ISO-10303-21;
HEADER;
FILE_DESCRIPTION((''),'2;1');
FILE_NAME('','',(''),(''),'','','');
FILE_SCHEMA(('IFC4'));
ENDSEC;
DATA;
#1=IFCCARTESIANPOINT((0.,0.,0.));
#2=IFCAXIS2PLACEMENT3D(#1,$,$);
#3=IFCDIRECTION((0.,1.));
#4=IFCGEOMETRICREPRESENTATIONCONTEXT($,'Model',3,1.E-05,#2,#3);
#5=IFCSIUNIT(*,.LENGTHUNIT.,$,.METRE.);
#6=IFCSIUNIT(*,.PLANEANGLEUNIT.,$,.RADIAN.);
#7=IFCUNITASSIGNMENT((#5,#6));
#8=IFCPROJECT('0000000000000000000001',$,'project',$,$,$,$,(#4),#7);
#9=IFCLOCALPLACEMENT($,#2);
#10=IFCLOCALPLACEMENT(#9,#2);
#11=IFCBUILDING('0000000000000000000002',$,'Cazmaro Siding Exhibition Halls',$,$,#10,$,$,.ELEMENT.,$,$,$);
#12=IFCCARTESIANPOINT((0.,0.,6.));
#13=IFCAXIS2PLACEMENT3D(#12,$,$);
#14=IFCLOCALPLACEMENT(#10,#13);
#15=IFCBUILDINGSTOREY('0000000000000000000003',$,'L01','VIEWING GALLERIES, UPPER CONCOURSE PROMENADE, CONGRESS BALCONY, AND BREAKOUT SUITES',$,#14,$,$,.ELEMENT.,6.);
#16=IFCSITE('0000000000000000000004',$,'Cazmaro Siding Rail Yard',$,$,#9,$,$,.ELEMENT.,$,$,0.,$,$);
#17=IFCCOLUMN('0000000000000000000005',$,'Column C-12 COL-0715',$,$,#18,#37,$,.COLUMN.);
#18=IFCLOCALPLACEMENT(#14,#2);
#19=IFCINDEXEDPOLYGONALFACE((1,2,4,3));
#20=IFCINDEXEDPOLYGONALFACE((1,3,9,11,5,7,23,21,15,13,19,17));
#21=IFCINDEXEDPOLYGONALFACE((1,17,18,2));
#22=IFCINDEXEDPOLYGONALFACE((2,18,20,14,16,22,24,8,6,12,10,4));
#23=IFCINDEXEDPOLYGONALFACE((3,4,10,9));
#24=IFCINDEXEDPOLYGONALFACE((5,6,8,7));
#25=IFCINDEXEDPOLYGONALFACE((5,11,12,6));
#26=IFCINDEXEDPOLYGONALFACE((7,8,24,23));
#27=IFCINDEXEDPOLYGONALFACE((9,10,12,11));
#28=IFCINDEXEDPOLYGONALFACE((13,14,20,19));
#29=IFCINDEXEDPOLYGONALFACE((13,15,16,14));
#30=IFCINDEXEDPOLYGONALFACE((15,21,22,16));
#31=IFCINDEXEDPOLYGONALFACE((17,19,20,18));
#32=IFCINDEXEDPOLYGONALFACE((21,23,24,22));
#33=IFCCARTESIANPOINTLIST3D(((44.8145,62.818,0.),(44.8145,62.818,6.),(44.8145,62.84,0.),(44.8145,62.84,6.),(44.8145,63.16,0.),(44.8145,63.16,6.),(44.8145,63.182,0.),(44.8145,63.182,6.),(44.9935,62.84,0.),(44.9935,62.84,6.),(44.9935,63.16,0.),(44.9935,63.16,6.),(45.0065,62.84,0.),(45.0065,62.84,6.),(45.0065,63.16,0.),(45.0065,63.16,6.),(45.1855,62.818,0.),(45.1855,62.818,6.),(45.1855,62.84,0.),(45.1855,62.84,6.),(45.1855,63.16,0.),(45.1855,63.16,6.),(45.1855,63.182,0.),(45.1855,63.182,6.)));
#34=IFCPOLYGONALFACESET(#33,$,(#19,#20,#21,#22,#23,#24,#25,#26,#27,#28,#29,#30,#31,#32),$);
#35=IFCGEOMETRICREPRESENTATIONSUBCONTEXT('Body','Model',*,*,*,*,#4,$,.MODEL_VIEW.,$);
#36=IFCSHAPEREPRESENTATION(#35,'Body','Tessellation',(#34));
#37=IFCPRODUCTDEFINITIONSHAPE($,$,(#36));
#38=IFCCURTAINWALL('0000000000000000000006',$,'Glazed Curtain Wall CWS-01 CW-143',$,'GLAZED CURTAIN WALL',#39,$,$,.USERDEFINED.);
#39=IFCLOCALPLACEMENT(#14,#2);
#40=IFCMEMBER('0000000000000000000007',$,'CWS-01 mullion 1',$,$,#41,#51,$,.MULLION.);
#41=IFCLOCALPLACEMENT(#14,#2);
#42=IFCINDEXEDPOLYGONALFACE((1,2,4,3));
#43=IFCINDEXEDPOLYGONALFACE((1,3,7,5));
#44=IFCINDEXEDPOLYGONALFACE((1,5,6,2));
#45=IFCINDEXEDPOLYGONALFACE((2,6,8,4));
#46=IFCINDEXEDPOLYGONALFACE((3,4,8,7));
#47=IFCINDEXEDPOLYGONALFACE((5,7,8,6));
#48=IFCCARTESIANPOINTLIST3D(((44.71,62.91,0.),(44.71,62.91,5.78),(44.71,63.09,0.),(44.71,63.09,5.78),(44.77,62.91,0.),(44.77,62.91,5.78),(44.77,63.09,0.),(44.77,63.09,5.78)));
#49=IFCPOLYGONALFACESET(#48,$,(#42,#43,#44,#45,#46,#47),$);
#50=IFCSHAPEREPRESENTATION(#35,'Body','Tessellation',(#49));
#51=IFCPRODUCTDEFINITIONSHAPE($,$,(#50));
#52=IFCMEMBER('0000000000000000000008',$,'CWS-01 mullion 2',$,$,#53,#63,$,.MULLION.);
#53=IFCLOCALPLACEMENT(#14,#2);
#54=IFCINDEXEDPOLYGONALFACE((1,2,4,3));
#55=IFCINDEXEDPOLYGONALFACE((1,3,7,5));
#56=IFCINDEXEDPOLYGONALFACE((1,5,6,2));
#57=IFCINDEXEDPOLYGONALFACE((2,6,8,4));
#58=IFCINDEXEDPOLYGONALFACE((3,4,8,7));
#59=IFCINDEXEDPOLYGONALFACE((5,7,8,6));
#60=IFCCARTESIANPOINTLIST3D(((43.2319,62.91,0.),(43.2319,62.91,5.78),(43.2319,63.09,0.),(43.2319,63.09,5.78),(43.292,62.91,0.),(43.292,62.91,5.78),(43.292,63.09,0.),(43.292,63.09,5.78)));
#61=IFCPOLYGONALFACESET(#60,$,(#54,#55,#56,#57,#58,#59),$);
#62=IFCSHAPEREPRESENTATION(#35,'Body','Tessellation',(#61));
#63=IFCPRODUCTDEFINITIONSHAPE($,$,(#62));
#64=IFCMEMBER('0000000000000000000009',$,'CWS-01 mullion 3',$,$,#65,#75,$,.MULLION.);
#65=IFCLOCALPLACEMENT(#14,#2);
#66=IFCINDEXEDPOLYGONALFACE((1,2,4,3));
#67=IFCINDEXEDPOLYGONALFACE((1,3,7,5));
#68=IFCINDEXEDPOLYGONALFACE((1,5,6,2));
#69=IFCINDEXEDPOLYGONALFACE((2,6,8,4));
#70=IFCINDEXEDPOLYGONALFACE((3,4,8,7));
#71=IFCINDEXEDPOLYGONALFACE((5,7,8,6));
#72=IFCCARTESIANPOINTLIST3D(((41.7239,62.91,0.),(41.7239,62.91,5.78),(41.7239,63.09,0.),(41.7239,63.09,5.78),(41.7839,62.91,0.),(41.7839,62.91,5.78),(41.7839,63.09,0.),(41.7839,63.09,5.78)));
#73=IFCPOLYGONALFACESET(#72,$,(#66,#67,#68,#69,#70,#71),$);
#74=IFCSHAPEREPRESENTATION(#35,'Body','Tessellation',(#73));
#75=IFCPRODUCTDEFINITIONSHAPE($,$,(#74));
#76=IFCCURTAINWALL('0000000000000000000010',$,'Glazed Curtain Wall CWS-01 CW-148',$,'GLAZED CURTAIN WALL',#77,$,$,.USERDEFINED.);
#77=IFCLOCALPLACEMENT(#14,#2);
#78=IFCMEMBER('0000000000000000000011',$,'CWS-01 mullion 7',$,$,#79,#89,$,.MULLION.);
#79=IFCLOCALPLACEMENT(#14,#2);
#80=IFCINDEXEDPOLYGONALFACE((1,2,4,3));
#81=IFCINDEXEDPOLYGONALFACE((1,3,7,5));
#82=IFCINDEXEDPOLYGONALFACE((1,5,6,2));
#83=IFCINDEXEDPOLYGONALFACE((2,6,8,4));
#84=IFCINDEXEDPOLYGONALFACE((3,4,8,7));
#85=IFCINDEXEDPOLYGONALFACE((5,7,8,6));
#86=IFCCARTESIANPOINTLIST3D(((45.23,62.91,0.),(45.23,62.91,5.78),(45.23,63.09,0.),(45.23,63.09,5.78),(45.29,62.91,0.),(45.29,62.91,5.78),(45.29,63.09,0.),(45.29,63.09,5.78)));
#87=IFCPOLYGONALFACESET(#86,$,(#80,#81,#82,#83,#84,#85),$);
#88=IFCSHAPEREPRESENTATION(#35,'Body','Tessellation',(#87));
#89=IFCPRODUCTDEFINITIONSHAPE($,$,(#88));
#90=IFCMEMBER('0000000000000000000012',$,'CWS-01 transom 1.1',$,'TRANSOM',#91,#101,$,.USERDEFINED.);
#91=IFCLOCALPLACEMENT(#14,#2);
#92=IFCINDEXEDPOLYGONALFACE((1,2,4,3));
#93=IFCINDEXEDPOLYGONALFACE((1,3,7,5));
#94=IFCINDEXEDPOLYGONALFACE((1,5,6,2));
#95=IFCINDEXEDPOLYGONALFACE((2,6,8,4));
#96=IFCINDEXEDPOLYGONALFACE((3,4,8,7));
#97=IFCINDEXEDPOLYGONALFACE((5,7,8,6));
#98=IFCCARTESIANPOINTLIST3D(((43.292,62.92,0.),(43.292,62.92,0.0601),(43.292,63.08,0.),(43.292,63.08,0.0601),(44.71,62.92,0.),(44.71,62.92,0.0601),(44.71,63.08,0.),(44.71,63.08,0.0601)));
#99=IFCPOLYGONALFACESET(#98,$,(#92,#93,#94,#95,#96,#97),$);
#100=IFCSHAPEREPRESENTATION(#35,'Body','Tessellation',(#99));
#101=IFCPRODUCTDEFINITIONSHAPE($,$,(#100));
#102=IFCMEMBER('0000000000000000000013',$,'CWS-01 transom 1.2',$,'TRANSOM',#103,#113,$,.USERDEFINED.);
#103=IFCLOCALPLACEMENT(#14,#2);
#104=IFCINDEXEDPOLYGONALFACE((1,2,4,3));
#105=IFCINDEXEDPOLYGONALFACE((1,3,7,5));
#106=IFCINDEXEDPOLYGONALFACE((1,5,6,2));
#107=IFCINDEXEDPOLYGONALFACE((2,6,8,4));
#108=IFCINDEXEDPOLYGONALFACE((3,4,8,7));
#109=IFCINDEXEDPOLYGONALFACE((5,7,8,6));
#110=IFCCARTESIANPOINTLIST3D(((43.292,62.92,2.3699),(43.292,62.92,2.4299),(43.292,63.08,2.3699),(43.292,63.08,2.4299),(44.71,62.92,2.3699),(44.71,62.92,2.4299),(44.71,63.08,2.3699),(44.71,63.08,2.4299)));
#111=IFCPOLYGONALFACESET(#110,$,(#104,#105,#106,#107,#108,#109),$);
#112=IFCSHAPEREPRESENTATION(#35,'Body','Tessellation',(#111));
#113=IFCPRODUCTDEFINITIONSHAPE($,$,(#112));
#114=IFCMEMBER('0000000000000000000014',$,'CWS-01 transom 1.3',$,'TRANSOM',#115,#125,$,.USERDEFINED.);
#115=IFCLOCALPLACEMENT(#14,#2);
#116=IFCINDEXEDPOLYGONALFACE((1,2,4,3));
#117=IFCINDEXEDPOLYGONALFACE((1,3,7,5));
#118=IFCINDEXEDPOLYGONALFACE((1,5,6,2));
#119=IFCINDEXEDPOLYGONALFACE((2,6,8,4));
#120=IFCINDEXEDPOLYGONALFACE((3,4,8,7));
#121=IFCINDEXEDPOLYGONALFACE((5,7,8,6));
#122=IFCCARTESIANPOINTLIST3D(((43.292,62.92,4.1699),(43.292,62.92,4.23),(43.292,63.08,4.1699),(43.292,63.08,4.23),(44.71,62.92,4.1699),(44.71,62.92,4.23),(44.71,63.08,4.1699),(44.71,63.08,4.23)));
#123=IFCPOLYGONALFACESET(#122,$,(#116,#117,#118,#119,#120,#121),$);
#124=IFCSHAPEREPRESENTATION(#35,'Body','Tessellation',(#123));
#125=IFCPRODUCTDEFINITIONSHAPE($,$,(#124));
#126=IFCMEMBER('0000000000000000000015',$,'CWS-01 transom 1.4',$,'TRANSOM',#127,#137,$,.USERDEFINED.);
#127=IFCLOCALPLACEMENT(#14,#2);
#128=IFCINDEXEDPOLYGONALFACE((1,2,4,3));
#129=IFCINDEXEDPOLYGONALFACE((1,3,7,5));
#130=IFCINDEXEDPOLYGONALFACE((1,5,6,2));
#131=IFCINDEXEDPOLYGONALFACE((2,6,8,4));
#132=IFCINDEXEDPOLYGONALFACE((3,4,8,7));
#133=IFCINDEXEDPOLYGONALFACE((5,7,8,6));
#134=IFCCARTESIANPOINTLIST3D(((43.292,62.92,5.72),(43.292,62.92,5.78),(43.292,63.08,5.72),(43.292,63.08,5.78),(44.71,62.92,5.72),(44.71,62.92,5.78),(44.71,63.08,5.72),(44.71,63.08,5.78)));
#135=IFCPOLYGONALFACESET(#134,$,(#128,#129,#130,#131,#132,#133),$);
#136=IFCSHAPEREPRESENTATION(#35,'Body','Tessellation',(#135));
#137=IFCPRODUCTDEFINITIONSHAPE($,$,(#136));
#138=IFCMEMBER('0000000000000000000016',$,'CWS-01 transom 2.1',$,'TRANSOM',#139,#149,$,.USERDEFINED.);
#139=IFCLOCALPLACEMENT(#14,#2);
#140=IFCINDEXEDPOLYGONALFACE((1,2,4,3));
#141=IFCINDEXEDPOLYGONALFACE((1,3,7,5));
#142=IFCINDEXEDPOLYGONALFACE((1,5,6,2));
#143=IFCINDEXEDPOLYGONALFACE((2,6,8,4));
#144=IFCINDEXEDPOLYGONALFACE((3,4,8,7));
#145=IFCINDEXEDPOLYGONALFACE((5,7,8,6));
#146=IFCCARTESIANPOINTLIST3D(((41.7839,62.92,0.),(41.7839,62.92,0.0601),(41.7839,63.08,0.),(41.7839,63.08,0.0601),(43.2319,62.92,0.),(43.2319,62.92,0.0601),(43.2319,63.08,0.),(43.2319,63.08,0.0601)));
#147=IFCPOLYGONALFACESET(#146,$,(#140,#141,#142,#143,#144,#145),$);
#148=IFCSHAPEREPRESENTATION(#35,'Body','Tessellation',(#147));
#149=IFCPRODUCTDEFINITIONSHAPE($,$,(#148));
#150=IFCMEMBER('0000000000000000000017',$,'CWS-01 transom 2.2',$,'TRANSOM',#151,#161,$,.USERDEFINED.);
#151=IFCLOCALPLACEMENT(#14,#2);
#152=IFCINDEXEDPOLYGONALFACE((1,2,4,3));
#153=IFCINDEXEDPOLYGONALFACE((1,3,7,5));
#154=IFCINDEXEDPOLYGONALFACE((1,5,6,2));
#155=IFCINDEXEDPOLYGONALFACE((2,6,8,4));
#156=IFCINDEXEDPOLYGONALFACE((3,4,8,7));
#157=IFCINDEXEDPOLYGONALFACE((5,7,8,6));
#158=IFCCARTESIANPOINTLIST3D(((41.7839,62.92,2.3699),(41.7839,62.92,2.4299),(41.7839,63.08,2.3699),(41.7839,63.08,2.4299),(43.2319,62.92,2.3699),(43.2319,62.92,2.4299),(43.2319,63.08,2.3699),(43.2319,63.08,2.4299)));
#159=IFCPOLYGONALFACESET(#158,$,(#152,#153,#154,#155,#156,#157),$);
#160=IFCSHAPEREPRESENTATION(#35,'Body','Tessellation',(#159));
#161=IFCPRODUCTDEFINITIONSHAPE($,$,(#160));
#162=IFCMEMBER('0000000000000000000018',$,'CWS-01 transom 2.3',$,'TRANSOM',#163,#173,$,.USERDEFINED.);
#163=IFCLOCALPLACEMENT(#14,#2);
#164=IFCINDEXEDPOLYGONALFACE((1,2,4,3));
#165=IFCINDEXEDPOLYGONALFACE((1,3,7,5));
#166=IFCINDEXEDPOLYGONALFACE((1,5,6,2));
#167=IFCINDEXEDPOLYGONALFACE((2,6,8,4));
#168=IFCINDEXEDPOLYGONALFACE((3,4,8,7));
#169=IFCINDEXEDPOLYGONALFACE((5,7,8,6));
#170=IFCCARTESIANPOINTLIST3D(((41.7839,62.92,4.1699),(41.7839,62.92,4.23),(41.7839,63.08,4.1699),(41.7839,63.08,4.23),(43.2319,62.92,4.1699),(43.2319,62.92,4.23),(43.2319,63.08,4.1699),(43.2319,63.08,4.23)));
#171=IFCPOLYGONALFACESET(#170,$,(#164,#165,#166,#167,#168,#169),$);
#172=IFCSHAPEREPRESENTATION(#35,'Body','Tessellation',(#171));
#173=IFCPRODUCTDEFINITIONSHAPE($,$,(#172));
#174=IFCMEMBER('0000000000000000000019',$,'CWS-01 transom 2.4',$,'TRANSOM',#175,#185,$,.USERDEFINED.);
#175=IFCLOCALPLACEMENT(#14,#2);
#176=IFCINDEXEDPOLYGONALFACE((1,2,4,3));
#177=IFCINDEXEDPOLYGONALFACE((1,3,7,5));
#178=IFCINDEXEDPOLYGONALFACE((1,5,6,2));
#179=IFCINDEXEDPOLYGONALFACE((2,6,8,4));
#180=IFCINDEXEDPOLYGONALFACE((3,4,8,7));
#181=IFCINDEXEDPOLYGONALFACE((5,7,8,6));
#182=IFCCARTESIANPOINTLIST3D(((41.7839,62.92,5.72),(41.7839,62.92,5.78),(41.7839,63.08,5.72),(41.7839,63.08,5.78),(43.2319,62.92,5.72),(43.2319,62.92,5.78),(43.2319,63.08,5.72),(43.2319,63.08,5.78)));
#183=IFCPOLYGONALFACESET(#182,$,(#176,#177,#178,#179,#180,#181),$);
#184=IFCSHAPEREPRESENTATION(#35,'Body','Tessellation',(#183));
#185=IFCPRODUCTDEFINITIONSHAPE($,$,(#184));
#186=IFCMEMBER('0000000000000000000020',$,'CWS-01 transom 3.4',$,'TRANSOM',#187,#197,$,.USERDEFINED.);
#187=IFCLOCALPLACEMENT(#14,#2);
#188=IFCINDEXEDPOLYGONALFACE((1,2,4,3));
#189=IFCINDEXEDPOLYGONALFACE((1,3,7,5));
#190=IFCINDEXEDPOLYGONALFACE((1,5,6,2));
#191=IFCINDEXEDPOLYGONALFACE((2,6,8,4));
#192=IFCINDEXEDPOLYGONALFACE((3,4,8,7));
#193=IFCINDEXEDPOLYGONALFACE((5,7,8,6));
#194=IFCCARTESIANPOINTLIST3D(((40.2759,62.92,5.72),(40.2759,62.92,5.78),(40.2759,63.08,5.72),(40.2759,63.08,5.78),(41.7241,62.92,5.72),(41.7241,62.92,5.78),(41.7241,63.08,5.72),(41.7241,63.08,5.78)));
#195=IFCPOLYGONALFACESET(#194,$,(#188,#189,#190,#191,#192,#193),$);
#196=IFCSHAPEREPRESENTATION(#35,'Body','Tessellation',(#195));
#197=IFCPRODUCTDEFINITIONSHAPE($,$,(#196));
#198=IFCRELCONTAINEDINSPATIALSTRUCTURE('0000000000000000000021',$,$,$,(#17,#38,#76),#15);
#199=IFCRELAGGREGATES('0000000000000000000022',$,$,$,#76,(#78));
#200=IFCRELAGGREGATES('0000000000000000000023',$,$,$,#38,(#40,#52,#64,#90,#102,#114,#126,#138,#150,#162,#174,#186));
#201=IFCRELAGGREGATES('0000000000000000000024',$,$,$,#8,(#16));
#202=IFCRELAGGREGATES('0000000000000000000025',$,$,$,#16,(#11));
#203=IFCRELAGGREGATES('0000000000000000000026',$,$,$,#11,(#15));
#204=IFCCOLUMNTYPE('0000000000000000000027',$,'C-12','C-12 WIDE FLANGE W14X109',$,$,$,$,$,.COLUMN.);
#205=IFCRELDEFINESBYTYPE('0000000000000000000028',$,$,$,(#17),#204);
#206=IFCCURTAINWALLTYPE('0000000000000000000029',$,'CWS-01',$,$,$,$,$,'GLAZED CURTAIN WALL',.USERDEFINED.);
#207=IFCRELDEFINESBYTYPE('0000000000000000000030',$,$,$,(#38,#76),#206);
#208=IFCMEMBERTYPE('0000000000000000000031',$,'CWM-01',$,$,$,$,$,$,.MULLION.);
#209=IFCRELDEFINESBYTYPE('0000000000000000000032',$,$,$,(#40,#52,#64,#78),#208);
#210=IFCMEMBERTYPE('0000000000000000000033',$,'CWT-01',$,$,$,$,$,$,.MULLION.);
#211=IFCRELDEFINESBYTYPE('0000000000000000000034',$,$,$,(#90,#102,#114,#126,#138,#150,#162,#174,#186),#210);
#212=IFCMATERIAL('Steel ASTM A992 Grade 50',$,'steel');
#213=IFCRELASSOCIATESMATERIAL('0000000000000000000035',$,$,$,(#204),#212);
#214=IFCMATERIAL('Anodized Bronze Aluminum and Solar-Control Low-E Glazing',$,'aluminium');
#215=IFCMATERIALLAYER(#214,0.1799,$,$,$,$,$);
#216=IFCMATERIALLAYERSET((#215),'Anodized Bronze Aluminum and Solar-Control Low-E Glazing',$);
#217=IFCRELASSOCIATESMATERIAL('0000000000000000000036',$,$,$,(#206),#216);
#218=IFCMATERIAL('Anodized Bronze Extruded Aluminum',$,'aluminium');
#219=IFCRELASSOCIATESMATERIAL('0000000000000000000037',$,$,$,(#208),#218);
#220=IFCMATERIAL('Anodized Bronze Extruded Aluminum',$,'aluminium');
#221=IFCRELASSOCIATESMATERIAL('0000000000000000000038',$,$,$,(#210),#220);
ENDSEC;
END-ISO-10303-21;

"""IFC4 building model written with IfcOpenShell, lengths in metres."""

from ifc_helpers import new_model, si_unit, direction, frame, origin, origin_2d, place, context, subcontext, project, spatial, rectangle, i_section, extrude, material, layer, layer_set, material_profile, profile_set, type_object, element, aggregate, save


model = new_model("IFC4")

# Units and contexts
model_context = context("Model", 3, precision=1e-05, world=origin(), true_north=direction((0.0, 1.0)))
body_context = subcontext(model_context, "Body", "Model", "MODEL_VIEW")
ifc_project = project(units=[si_unit("LENGTHUNIT", "METRE"), si_unit("PLANEANGLEUNIT", "RADIAN")], contexts=[model_context])

# Site, building, storey
site_placement = place(None, origin())
site = spatial("IfcSite", under=ifc_project, at=site_placement, Name="Cazmaro Siding Rail Yard", CompositionType="ELEMENT", RefElevation=0.0)
building_placement = place(site_placement, origin())
building = spatial("IfcBuilding", under=site, at=building_placement, Name="Cazmaro Siding Exhibition Halls", CompositionType="ELEMENT")
storey_placement = place(building_placement, frame((0.0, 0.0, 6.0)))
storey = spatial("IfcBuildingStorey", under=building, at=storey_placement, Name="L01", Description="VIEWING GALLERIES, UPPER CONCOURSE PROMENADE, CONGRESS BALCONY, AND BREAKOUT SUITES", CompositionType="ELEMENT", Elevation=6.0)

# Column
ifc_material_1 = material(Name="Steel ASTM A992 Grade 50", Category="steel")
ifc_material_profile_1 = material_profile(ifc_material_1, i_section(OverallWidth=0.3711, OverallDepth=0.364, WebThickness=0.0129, FlangeThickness=0.022, at=origin_2d()), Name="W14X109")
ifc_profile_set_1 = profile_set([ifc_material_profile_1], Name="Steel ASTM A992 Grade 50")
column_type = type_object("IfcColumnType", Name="C-12", Description="C-12 WIDE FLANGE W14X109", PredefinedType="COLUMN", material=ifc_profile_set_1)
column_placement = place(storey_placement, frame((45.0, 63.0, 0.0), z_axis=(0.0, 0.0, 1.0), x_axis=(1.0, 0.0, 0.0)))
element("IfcColumn", 1, at=column_placement, inside=storey, type_object=column_type, Name="Column C-12 COL-0715", PredefinedType="COLUMN", context=body_context, shape_type="SweptSolid", body=[
    extrude(i_section(OverallWidth=0.3711, OverallDepth=0.364, WebThickness=0.0129, FlangeThickness=0.022, at=origin_2d()), origin(), (0.0, 0.0, 1.0), 6.0),
])

# Curtain wall, members
ifc_material_2 = material(Name="Anodized Bronze Aluminum and Solar-Control Low-E Glazing", Category="aluminium")
ifc_layer_1 = layer(ifc_material_2, 0.1799)
ifc_layer_set_1 = layer_set([ifc_layer_1], Name="Anodized Bronze Aluminum and Solar-Control Low-E Glazing")
curtain_wall_type = type_object("IfcCurtainWallType", Name="CWS-01", ElementType="GLAZED CURTAIN WALL", PredefinedType="USERDEFINED", material=ifc_layer_set_1)
curtain_wall_1_placement = place(storey_placement, origin())
curtain_wall_1 = element("IfcCurtainWall", 2, at=curtain_wall_1_placement, inside=storey, type_object=curtain_wall_type, Name="Glazed Curtain Wall CWS-01 CW-143", ObjectType="GLAZED CURTAIN WALL", PredefinedType="USERDEFINED")
ifc_material_3 = material(Name="Anodized Bronze Extruded Aluminum", Category="aluminium")
ifc_material_profile_2 = material_profile(ifc_material_3, rectangle(XDim=0.1799, YDim=0.0601, at=origin_2d()), Name="CWM-01")
ifc_profile_set_2 = profile_set([ifc_material_profile_2], Name="Anodized Bronze Extruded Aluminum")
member_type_1 = type_object("IfcMemberType", Name="CWM-01", PredefinedType="MULLION", material=ifc_profile_set_2)
member_1_placement = place(storey_placement, frame((44.74, 63.0, 0.0), z_axis=(0.0, 0.0, 1.0), x_axis=(0.0, -1.0, 0.0)))
member_1 = element("IfcMember", 3, at=member_1_placement, type_object=member_type_1, Name="CWS-01 mullion 1", PredefinedType="MULLION", context=body_context, shape_type="SweptSolid", body=[
    extrude(rectangle(XDim=0.1799, YDim=0.0601, at=origin_2d()), origin(), (0.0, 0.0, 1.0), 5.78),
])
member_2_placement = place(storey_placement, frame((43.262, 63.0, 0.0), z_axis=(0.0, 0.0, 1.0), x_axis=(0.0, -1.0, 0.0)))
member_2 = element("IfcMember", 4, at=member_2_placement, type_object=member_type_1, Name="CWS-01 mullion 2", PredefinedType="MULLION", context=body_context, shape_type="SweptSolid", body=[
    extrude(rectangle(XDim=0.1799, YDim=0.0601, at=origin_2d()), origin(), (0.0, 0.0, 1.0), 5.78),
])
member_3_placement = place(storey_placement, frame((41.7539, 63.0, 0.0), z_axis=(0.0, 0.0, 1.0), x_axis=(0.0, -1.0, 0.0)))
member_3 = element("IfcMember", 5, at=member_3_placement, type_object=member_type_1, Name="CWS-01 mullion 3", PredefinedType="MULLION", context=body_context, shape_type="SweptSolid", body=[
    extrude(rectangle(XDim=0.1799, YDim=0.0601, at=origin_2d()), origin(), (0.0, 0.0, 1.0), 5.78),
])

# Curtain wall, member
curtain_wall_2_placement = place(storey_placement, origin())
curtain_wall_2 = element("IfcCurtainWall", 6, at=curtain_wall_2_placement, inside=storey, type_object=curtain_wall_type, Name="Glazed Curtain Wall CWS-01 CW-148", ObjectType="GLAZED CURTAIN WALL", PredefinedType="USERDEFINED")
member_4_placement = place(storey_placement, frame((45.26, 63.0, 0.0), z_axis=(0.0, 0.0, 1.0), x_axis=(0.0, -1.0, 0.0)))
member_4 = element("IfcMember", 7, at=member_4_placement, type_object=member_type_1, Name="CWS-01 mullion 7", PredefinedType="MULLION", context=body_context, shape_type="SweptSolid", body=[
    extrude(rectangle(XDim=0.1799, YDim=0.0601, at=origin_2d()), origin(), (0.0, 0.0, 1.0), 5.78),
])
aggregate(curtain_wall_2, [member_4])

# Members
ifc_material_4 = material(Name="Anodized Bronze Extruded Aluminum", Category="aluminium")
ifc_material_profile_3 = material_profile(ifc_material_4, rectangle(XDim=0.1599, YDim=0.0601, at=origin_2d()), Name="CWT-01")
ifc_profile_set_3 = profile_set([ifc_material_profile_3], Name="Anodized Bronze Extruded Aluminum")
member_type_2 = type_object("IfcMemberType", Name="CWT-01", PredefinedType="MULLION", material=ifc_profile_set_3)
member_5_placement = place(storey_placement, frame((44.71, 63.0, 0.03), z_axis=(-1.0, 0.0, 0.0), x_axis=(0.0, -1.0, 0.0)))
member_5 = element("IfcMember", 8, at=member_5_placement, type_object=member_type_2, Name="CWS-01 transom 1.1", ObjectType="TRANSOM", PredefinedType="USERDEFINED", context=body_context, shape_type="SweptSolid", body=[
    extrude(rectangle(XDim=0.1599, YDim=0.0601, at=origin_2d()), origin(), (0.0, 0.0, 1.0), 1.418),
])
member_6_placement = place(storey_placement, frame((44.71, 63.0, 2.3999), z_axis=(-1.0, 0.0, 0.0), x_axis=(0.0, -1.0, 0.0)))
member_6 = element("IfcMember", 9, at=member_6_placement, type_object=member_type_2, Name="CWS-01 transom 1.2", ObjectType="TRANSOM", PredefinedType="USERDEFINED", context=body_context, shape_type="SweptSolid", body=[
    extrude(rectangle(XDim=0.1599, YDim=0.0601, at=origin_2d()), origin(), (0.0, 0.0, 1.0), 1.418),
])
member_7_placement = place(storey_placement, frame((44.71, 63.0, 4.2), z_axis=(-1.0, 0.0, 0.0), x_axis=(0.0, -1.0, 0.0)))
member_7 = element("IfcMember", 10, at=member_7_placement, type_object=member_type_2, Name="CWS-01 transom 1.3", ObjectType="TRANSOM", PredefinedType="USERDEFINED", context=body_context, shape_type="SweptSolid", body=[
    extrude(rectangle(XDim=0.1599, YDim=0.0601, at=origin_2d()), origin(), (0.0, 0.0, 1.0), 1.418),
])
member_8_placement = place(storey_placement, frame((44.71, 63.0, 5.75), z_axis=(-1.0, 0.0, 0.0), x_axis=(0.0, -1.0, 0.0)))
member_8 = element("IfcMember", 11, at=member_8_placement, type_object=member_type_2, Name="CWS-01 transom 1.4", ObjectType="TRANSOM", PredefinedType="USERDEFINED", context=body_context, shape_type="SweptSolid", body=[
    extrude(rectangle(XDim=0.1599, YDim=0.0601, at=origin_2d()), origin(), (0.0, 0.0, 1.0), 1.418),
])
member_9_placement = place(storey_placement, frame((43.2319, 63.0, 0.03), z_axis=(-1.0, 0.0, 0.0), x_axis=(0.0, -1.0, 0.0)))
member_9 = element("IfcMember", 12, at=member_9_placement, type_object=member_type_2, Name="CWS-01 transom 2.1", ObjectType="TRANSOM", PredefinedType="USERDEFINED", context=body_context, shape_type="SweptSolid", body=[
    extrude(rectangle(XDim=0.1599, YDim=0.0601, at=origin_2d()), origin(), (0.0, 0.0, 1.0), 1.448),
])
member_10_placement = place(storey_placement, frame((43.2319, 63.0, 2.3999), z_axis=(-1.0, 0.0, 0.0), x_axis=(0.0, -1.0, 0.0)))
member_10 = element("IfcMember", 13, at=member_10_placement, type_object=member_type_2, Name="CWS-01 transom 2.2", ObjectType="TRANSOM", PredefinedType="USERDEFINED", context=body_context, shape_type="SweptSolid", body=[
    extrude(rectangle(XDim=0.1599, YDim=0.0601, at=origin_2d()), origin(), (0.0, 0.0, 1.0), 1.448),
])
member_11_placement = place(storey_placement, frame((43.2319, 63.0, 4.2), z_axis=(-1.0, 0.0, 0.0), x_axis=(0.0, -1.0, 0.0)))
member_11 = element("IfcMember", 14, at=member_11_placement, type_object=member_type_2, Name="CWS-01 transom 2.3", ObjectType="TRANSOM", PredefinedType="USERDEFINED", context=body_context, shape_type="SweptSolid", body=[
    extrude(rectangle(XDim=0.1599, YDim=0.0601, at=origin_2d()), origin(), (0.0, 0.0, 1.0), 1.448),
])
member_12_placement = place(storey_placement, frame((43.2319, 63.0, 5.75), z_axis=(-1.0, 0.0, 0.0), x_axis=(0.0, -1.0, 0.0)))
member_12 = element("IfcMember", 15, at=member_12_placement, type_object=member_type_2, Name="CWS-01 transom 2.4", ObjectType="TRANSOM", PredefinedType="USERDEFINED", context=body_context, shape_type="SweptSolid", body=[
    extrude(rectangle(XDim=0.1599, YDim=0.0601, at=origin_2d()), origin(), (0.0, 0.0, 1.0), 1.448),
])
member_13_placement = place(storey_placement, frame((41.7241, 63.0, 5.75), z_axis=(-1.0, 0.0, 0.0), x_axis=(0.0, -1.0, 0.0)))
member_13 = element("IfcMember", 16, at=member_13_placement, type_object=member_type_2, Name="CWS-01 transom 3.4", ObjectType="TRANSOM", PredefinedType="USERDEFINED", context=body_context, shape_type="SweptSolid", body=[
    extrude(rectangle(XDim=0.1599, YDim=0.0601, at=origin_2d()), origin(), (0.0, 0.0, 1.0), 1.4482),
])

aggregate(curtain_wall_1, [member_1, member_2, member_3, member_5, member_6, member_7, member_8, member_9, member_10, member_11, member_12, member_13])

save(model, "model.ifc")
